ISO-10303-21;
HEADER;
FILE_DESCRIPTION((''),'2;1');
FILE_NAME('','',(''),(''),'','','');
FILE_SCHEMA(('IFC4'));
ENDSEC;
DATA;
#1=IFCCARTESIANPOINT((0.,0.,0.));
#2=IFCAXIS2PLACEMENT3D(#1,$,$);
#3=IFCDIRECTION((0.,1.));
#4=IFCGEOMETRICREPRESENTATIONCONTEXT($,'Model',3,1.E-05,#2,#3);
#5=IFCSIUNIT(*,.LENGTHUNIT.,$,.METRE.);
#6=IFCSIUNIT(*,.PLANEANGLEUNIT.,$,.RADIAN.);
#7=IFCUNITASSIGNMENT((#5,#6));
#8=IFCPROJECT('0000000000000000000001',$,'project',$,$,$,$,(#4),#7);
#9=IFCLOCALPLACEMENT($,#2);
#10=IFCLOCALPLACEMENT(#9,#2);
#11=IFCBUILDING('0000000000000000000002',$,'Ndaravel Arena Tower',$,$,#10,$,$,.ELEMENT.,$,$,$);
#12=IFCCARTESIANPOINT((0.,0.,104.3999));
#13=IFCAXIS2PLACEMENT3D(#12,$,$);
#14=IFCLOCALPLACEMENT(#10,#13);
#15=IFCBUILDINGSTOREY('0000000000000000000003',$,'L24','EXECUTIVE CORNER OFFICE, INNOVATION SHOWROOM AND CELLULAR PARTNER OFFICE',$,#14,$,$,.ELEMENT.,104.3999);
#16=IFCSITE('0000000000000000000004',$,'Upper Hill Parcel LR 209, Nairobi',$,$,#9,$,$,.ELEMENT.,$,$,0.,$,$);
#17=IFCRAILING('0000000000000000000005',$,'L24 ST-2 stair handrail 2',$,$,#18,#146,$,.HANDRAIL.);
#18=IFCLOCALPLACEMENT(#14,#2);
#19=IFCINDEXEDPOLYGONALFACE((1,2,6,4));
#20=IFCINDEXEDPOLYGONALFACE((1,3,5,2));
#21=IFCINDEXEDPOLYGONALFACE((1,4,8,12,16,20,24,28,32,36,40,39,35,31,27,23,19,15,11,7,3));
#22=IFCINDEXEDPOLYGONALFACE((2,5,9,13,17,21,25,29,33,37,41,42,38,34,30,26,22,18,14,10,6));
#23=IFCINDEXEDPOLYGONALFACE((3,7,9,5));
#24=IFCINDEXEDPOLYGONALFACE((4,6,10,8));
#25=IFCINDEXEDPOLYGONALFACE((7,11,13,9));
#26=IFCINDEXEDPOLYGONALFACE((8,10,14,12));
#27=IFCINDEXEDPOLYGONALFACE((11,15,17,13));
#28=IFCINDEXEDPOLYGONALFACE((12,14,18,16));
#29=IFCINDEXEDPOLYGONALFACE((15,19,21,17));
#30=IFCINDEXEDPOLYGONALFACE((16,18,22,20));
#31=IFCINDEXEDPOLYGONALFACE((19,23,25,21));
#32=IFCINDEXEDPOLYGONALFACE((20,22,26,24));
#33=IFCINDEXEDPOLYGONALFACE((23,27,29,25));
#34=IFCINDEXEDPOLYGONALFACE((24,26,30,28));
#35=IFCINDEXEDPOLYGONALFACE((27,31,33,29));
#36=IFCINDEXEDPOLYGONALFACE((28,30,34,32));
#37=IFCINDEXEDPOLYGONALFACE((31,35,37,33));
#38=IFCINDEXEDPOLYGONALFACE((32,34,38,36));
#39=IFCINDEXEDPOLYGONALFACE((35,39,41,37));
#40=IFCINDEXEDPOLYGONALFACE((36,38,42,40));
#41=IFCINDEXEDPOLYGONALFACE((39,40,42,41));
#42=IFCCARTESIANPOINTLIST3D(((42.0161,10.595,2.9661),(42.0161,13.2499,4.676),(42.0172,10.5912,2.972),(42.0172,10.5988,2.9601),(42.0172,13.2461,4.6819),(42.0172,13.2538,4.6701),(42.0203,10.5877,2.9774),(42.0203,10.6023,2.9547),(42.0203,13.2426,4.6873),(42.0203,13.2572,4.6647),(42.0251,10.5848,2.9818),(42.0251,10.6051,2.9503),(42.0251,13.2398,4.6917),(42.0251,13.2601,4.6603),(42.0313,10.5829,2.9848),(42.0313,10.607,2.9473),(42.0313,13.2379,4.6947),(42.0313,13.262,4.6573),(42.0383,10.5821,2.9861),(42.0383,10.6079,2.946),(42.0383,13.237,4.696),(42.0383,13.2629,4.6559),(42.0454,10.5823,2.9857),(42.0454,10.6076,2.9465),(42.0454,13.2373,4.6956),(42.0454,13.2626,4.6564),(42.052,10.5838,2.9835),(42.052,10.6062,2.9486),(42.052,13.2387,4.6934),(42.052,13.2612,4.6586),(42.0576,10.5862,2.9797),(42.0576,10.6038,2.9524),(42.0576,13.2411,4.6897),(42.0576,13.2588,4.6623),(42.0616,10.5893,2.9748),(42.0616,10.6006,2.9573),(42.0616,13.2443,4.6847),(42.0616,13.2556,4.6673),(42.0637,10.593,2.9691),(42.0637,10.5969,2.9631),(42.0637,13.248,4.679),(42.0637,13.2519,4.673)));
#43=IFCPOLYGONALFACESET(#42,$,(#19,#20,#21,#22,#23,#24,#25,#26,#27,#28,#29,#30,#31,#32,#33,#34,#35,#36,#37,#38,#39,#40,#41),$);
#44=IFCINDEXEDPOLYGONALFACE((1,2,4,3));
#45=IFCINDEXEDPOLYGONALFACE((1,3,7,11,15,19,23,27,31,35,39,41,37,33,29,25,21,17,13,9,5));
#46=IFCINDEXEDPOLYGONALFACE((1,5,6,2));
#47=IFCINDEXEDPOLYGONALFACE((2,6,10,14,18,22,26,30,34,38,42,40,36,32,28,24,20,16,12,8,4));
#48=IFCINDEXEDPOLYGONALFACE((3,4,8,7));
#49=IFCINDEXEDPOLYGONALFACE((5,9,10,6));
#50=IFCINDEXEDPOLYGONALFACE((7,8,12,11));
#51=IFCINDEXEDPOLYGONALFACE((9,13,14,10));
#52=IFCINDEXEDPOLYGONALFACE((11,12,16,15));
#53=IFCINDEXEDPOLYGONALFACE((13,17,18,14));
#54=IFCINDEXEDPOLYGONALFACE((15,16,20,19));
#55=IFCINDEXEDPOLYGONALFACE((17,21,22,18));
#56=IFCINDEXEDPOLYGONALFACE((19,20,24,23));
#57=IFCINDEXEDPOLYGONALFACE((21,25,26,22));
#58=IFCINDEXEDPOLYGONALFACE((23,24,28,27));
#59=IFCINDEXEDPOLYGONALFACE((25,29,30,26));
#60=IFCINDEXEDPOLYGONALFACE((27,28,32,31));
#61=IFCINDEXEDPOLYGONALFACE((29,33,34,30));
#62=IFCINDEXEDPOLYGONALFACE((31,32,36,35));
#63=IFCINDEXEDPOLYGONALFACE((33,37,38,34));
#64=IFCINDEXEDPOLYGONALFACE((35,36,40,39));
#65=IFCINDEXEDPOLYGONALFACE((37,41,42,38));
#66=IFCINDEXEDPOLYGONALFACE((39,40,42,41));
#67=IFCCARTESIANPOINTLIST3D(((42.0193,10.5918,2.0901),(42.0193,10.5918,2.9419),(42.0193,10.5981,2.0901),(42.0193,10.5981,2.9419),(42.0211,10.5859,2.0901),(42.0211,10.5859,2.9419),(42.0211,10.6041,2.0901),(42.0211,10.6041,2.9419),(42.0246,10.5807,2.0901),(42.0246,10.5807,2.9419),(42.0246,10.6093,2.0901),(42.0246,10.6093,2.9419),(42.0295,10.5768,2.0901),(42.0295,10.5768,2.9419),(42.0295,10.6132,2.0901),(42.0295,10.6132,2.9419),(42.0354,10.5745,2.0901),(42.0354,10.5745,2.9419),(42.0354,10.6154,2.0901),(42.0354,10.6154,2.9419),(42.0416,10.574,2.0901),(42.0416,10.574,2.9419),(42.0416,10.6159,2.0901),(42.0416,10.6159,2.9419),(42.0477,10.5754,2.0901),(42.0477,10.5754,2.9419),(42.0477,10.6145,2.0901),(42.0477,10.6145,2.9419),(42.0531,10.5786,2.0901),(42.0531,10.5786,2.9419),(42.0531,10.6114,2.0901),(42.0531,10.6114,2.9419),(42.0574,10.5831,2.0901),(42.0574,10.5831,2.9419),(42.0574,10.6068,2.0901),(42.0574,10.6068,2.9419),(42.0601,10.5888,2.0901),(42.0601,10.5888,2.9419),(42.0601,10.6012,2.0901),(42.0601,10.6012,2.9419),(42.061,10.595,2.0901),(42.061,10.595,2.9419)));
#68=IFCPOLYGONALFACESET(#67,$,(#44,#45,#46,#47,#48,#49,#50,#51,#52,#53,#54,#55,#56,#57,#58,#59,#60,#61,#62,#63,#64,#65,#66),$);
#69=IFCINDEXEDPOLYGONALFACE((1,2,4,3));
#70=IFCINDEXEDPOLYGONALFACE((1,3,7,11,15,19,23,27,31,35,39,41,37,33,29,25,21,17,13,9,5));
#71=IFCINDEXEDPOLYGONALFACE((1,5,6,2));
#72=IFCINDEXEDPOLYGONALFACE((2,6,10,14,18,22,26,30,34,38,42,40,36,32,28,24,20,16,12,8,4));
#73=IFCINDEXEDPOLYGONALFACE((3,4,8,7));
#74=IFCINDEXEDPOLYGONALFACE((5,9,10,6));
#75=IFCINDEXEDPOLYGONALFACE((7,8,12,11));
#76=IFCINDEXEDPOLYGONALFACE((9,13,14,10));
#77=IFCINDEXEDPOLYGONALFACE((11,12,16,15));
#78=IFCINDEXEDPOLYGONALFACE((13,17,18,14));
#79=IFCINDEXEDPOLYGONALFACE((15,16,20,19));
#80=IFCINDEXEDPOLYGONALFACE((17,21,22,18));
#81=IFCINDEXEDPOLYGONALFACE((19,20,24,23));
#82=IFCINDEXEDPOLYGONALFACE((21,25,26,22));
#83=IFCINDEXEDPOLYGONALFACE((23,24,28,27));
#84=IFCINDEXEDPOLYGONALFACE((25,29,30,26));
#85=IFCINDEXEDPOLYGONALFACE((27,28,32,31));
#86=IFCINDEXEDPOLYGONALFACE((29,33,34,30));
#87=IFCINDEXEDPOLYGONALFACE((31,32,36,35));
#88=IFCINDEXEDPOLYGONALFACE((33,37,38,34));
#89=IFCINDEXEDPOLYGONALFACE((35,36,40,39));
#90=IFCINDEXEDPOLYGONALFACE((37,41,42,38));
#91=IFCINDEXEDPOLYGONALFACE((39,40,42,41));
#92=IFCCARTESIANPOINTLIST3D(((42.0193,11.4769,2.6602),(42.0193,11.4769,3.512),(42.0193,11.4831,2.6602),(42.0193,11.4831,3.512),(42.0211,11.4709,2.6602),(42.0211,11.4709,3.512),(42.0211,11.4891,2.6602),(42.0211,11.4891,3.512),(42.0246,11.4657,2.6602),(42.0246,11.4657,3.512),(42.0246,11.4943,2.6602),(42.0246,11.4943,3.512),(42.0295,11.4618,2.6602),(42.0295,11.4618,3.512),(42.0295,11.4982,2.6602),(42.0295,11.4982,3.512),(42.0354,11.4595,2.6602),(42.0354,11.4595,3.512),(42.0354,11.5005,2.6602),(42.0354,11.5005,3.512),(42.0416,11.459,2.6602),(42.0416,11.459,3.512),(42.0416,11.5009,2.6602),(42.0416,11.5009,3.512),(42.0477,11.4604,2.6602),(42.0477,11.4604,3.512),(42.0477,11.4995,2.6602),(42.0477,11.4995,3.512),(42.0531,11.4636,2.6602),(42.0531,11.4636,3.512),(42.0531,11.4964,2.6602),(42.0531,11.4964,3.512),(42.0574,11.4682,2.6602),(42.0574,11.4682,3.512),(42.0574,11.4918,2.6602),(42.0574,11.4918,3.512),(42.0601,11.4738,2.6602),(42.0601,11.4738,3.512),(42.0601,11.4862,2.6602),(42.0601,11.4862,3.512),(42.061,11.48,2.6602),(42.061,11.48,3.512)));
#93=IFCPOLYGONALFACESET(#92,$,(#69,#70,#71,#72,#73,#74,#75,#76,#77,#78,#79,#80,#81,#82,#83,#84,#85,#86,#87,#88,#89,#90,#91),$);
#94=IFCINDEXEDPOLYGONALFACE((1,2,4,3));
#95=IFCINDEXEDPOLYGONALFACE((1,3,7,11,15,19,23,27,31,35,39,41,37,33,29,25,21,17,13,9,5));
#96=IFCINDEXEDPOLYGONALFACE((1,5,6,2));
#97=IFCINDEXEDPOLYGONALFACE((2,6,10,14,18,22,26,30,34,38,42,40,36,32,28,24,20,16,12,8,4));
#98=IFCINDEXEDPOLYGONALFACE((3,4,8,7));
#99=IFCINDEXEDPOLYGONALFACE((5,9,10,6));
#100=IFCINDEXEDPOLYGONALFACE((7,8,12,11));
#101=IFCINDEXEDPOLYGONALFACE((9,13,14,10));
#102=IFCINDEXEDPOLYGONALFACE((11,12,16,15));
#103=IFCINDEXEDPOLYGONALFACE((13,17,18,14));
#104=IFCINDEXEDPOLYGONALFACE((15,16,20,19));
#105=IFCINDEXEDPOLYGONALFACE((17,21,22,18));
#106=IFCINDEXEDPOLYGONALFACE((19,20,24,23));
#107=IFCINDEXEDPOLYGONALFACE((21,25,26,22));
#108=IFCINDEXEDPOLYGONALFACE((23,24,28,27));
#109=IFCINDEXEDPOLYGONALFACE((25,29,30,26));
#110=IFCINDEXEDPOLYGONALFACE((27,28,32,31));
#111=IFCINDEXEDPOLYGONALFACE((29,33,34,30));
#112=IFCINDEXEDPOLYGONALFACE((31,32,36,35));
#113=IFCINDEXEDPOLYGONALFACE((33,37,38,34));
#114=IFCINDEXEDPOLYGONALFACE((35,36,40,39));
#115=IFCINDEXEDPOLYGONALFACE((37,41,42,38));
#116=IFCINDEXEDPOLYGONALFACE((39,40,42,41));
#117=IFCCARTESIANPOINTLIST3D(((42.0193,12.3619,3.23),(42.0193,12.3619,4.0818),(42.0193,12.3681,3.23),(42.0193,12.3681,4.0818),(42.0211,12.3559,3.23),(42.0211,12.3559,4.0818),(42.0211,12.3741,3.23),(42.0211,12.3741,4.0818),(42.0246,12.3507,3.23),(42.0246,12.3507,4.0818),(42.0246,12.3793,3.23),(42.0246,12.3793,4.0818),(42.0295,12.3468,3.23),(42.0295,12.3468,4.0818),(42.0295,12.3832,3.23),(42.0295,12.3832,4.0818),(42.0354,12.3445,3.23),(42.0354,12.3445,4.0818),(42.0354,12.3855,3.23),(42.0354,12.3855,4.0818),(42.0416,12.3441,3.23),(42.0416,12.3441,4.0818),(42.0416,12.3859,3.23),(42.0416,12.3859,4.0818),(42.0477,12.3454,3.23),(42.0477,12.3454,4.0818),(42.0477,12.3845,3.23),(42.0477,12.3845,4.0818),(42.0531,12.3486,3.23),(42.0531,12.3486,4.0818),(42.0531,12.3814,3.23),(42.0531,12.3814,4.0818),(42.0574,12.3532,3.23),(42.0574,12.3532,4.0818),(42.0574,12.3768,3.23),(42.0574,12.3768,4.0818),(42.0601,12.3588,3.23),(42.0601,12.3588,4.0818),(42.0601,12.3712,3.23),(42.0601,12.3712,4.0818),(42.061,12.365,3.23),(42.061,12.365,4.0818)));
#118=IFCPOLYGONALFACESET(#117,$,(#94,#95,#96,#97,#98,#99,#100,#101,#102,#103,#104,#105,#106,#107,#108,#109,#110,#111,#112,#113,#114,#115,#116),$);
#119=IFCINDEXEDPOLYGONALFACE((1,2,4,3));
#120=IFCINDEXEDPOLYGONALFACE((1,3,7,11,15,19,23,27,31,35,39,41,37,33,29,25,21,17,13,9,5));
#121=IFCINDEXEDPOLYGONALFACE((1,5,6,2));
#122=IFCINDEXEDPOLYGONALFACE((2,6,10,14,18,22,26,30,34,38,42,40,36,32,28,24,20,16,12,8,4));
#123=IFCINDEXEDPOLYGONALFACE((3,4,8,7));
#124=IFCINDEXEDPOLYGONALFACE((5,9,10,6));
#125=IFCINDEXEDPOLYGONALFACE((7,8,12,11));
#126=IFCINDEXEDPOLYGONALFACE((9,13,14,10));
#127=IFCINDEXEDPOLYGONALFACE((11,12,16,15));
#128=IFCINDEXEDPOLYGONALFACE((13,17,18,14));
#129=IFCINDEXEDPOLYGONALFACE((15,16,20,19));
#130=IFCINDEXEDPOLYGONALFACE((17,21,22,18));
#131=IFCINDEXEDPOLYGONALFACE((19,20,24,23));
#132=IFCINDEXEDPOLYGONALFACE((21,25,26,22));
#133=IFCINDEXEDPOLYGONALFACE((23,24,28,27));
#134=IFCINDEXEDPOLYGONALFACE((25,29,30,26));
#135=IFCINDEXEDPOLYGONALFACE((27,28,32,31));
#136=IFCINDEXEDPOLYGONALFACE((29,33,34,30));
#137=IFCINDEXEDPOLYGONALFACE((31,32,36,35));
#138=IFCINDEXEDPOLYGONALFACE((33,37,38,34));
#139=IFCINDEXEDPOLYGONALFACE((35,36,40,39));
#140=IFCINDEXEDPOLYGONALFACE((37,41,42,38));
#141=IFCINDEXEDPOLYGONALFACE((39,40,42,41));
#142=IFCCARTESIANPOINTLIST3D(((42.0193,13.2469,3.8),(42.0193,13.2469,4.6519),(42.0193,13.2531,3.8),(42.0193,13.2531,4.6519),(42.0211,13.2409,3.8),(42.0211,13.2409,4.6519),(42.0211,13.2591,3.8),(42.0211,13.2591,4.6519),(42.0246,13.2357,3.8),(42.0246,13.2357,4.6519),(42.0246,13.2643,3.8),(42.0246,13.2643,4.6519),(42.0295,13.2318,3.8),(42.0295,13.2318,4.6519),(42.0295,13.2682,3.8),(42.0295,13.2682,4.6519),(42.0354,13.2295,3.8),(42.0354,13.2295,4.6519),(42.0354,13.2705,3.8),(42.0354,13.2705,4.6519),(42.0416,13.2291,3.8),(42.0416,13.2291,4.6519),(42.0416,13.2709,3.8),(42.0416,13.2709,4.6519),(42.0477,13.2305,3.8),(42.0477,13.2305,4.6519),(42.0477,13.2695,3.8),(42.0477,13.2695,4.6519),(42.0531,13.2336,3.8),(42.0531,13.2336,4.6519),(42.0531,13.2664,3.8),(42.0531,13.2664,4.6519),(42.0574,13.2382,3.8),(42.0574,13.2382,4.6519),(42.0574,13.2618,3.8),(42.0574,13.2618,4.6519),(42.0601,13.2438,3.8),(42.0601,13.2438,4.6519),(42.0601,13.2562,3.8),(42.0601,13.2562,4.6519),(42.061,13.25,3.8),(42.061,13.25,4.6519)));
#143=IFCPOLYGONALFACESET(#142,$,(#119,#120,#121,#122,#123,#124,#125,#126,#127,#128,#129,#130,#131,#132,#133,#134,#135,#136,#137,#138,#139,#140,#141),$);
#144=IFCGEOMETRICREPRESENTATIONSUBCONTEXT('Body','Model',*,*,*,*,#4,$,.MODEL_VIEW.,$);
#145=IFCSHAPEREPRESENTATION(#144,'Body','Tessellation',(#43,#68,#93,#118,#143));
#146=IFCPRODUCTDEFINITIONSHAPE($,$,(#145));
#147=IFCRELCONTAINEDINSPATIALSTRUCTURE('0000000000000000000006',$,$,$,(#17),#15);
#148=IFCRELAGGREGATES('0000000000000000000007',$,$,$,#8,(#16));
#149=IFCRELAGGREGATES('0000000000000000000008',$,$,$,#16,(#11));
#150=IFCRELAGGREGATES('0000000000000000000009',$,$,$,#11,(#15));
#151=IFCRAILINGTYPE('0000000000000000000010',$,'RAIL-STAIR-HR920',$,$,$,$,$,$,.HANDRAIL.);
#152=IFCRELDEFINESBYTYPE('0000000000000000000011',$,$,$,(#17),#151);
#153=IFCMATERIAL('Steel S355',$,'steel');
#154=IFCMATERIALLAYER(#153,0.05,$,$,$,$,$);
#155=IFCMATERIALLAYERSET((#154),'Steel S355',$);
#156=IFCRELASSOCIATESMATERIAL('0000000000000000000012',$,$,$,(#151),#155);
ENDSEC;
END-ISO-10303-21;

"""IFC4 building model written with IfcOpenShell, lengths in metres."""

from ifc_helpers import new_model, si_unit, direction, frame, origin, origin_2d, place, context, subcontext, project, spatial, circle, extrude, material, layer, layer_set, type_object, element, save


model = new_model("IFC4")

# Units and contexts
model_context = context("Model", 3, precision=1e-05, world=origin(), true_north=direction((0.0, 1.0)))
body_context = subcontext(model_context, "Body", "Model", "MODEL_VIEW")
ifc_project = project(units=[si_unit("LENGTHUNIT", "METRE"), si_unit("PLANEANGLEUNIT", "RADIAN")], contexts=[model_context])

# Site, building, storey
site_placement = place(None, origin())
site = spatial("IfcSite", under=ifc_project, at=site_placement, Name="Upper Hill Parcel LR 209, Nairobi", CompositionType="ELEMENT", RefElevation=0.0)
building_placement = place(site_placement, origin())
building = spatial("IfcBuilding", under=site, at=building_placement, Name="Ndaravel Arena Tower", CompositionType="ELEMENT")
storey_placement = place(building_placement, frame((0.0, 0.0, 104.3999)))
storey = spatial("IfcBuildingStorey", under=building, at=storey_placement, Name="L24", Description="EXECUTIVE CORNER OFFICE, INNOVATION SHOWROOM AND CELLULAR PARTNER OFFICE", CompositionType="ELEMENT", Elevation=104.3999)

# Railing
ifc_material_1 = material(Name="Steel S355", Category="steel")
ifc_layer_1 = layer(ifc_material_1, 0.05)
ifc_layer_set_1 = layer_set([ifc_layer_1], Name="Steel S355")
railing_type_1 = type_object("IfcRailingType", Name="RAIL-STAIR-HR920", PredefinedType="HANDRAIL", material=ifc_layer_set_1)
railing_1_placement = place(storey_placement, frame((42.04, 10.595, 2.0901)))
element("IfcRailing", 1, at=railing_1_placement, inside=storey, type_object=railing_type_1, Name="L24 ST-2 stair handrail 2", PredefinedType="HANDRAIL", context=body_context, shape_type="SweptSolid", body=[
    extrude(circle(Radius=0.0239, at=origin_2d()), frame((0.0, 0.0, 0.876), z_axis=(0.0, 0.840724, 0.541465), x_axis=(-1.0, 0.0, 0.0)), (0.0, 0.0, 1.0), 3.158),
    extrude(circle(Radius=0.021, at=origin_2d()), origin(), (0.0, 0.0, 1.0), 0.8518),
    extrude(circle(Radius=0.021, at=origin_2d()), frame((0.0, 0.885, 0.5701)), (0.0, 0.0, 1.0), 0.8518),
    extrude(circle(Radius=0.021, at=origin_2d()), frame((0.0, 1.77, 1.1399)), (0.0, 0.0, 1.0), 0.8518),
    extrude(circle(Radius=0.021, at=origin_2d()), frame((0.0, 2.655, 1.71)), (0.0, 0.0, 1.0), 0.8518),
])

save(model, "model.ifc")
